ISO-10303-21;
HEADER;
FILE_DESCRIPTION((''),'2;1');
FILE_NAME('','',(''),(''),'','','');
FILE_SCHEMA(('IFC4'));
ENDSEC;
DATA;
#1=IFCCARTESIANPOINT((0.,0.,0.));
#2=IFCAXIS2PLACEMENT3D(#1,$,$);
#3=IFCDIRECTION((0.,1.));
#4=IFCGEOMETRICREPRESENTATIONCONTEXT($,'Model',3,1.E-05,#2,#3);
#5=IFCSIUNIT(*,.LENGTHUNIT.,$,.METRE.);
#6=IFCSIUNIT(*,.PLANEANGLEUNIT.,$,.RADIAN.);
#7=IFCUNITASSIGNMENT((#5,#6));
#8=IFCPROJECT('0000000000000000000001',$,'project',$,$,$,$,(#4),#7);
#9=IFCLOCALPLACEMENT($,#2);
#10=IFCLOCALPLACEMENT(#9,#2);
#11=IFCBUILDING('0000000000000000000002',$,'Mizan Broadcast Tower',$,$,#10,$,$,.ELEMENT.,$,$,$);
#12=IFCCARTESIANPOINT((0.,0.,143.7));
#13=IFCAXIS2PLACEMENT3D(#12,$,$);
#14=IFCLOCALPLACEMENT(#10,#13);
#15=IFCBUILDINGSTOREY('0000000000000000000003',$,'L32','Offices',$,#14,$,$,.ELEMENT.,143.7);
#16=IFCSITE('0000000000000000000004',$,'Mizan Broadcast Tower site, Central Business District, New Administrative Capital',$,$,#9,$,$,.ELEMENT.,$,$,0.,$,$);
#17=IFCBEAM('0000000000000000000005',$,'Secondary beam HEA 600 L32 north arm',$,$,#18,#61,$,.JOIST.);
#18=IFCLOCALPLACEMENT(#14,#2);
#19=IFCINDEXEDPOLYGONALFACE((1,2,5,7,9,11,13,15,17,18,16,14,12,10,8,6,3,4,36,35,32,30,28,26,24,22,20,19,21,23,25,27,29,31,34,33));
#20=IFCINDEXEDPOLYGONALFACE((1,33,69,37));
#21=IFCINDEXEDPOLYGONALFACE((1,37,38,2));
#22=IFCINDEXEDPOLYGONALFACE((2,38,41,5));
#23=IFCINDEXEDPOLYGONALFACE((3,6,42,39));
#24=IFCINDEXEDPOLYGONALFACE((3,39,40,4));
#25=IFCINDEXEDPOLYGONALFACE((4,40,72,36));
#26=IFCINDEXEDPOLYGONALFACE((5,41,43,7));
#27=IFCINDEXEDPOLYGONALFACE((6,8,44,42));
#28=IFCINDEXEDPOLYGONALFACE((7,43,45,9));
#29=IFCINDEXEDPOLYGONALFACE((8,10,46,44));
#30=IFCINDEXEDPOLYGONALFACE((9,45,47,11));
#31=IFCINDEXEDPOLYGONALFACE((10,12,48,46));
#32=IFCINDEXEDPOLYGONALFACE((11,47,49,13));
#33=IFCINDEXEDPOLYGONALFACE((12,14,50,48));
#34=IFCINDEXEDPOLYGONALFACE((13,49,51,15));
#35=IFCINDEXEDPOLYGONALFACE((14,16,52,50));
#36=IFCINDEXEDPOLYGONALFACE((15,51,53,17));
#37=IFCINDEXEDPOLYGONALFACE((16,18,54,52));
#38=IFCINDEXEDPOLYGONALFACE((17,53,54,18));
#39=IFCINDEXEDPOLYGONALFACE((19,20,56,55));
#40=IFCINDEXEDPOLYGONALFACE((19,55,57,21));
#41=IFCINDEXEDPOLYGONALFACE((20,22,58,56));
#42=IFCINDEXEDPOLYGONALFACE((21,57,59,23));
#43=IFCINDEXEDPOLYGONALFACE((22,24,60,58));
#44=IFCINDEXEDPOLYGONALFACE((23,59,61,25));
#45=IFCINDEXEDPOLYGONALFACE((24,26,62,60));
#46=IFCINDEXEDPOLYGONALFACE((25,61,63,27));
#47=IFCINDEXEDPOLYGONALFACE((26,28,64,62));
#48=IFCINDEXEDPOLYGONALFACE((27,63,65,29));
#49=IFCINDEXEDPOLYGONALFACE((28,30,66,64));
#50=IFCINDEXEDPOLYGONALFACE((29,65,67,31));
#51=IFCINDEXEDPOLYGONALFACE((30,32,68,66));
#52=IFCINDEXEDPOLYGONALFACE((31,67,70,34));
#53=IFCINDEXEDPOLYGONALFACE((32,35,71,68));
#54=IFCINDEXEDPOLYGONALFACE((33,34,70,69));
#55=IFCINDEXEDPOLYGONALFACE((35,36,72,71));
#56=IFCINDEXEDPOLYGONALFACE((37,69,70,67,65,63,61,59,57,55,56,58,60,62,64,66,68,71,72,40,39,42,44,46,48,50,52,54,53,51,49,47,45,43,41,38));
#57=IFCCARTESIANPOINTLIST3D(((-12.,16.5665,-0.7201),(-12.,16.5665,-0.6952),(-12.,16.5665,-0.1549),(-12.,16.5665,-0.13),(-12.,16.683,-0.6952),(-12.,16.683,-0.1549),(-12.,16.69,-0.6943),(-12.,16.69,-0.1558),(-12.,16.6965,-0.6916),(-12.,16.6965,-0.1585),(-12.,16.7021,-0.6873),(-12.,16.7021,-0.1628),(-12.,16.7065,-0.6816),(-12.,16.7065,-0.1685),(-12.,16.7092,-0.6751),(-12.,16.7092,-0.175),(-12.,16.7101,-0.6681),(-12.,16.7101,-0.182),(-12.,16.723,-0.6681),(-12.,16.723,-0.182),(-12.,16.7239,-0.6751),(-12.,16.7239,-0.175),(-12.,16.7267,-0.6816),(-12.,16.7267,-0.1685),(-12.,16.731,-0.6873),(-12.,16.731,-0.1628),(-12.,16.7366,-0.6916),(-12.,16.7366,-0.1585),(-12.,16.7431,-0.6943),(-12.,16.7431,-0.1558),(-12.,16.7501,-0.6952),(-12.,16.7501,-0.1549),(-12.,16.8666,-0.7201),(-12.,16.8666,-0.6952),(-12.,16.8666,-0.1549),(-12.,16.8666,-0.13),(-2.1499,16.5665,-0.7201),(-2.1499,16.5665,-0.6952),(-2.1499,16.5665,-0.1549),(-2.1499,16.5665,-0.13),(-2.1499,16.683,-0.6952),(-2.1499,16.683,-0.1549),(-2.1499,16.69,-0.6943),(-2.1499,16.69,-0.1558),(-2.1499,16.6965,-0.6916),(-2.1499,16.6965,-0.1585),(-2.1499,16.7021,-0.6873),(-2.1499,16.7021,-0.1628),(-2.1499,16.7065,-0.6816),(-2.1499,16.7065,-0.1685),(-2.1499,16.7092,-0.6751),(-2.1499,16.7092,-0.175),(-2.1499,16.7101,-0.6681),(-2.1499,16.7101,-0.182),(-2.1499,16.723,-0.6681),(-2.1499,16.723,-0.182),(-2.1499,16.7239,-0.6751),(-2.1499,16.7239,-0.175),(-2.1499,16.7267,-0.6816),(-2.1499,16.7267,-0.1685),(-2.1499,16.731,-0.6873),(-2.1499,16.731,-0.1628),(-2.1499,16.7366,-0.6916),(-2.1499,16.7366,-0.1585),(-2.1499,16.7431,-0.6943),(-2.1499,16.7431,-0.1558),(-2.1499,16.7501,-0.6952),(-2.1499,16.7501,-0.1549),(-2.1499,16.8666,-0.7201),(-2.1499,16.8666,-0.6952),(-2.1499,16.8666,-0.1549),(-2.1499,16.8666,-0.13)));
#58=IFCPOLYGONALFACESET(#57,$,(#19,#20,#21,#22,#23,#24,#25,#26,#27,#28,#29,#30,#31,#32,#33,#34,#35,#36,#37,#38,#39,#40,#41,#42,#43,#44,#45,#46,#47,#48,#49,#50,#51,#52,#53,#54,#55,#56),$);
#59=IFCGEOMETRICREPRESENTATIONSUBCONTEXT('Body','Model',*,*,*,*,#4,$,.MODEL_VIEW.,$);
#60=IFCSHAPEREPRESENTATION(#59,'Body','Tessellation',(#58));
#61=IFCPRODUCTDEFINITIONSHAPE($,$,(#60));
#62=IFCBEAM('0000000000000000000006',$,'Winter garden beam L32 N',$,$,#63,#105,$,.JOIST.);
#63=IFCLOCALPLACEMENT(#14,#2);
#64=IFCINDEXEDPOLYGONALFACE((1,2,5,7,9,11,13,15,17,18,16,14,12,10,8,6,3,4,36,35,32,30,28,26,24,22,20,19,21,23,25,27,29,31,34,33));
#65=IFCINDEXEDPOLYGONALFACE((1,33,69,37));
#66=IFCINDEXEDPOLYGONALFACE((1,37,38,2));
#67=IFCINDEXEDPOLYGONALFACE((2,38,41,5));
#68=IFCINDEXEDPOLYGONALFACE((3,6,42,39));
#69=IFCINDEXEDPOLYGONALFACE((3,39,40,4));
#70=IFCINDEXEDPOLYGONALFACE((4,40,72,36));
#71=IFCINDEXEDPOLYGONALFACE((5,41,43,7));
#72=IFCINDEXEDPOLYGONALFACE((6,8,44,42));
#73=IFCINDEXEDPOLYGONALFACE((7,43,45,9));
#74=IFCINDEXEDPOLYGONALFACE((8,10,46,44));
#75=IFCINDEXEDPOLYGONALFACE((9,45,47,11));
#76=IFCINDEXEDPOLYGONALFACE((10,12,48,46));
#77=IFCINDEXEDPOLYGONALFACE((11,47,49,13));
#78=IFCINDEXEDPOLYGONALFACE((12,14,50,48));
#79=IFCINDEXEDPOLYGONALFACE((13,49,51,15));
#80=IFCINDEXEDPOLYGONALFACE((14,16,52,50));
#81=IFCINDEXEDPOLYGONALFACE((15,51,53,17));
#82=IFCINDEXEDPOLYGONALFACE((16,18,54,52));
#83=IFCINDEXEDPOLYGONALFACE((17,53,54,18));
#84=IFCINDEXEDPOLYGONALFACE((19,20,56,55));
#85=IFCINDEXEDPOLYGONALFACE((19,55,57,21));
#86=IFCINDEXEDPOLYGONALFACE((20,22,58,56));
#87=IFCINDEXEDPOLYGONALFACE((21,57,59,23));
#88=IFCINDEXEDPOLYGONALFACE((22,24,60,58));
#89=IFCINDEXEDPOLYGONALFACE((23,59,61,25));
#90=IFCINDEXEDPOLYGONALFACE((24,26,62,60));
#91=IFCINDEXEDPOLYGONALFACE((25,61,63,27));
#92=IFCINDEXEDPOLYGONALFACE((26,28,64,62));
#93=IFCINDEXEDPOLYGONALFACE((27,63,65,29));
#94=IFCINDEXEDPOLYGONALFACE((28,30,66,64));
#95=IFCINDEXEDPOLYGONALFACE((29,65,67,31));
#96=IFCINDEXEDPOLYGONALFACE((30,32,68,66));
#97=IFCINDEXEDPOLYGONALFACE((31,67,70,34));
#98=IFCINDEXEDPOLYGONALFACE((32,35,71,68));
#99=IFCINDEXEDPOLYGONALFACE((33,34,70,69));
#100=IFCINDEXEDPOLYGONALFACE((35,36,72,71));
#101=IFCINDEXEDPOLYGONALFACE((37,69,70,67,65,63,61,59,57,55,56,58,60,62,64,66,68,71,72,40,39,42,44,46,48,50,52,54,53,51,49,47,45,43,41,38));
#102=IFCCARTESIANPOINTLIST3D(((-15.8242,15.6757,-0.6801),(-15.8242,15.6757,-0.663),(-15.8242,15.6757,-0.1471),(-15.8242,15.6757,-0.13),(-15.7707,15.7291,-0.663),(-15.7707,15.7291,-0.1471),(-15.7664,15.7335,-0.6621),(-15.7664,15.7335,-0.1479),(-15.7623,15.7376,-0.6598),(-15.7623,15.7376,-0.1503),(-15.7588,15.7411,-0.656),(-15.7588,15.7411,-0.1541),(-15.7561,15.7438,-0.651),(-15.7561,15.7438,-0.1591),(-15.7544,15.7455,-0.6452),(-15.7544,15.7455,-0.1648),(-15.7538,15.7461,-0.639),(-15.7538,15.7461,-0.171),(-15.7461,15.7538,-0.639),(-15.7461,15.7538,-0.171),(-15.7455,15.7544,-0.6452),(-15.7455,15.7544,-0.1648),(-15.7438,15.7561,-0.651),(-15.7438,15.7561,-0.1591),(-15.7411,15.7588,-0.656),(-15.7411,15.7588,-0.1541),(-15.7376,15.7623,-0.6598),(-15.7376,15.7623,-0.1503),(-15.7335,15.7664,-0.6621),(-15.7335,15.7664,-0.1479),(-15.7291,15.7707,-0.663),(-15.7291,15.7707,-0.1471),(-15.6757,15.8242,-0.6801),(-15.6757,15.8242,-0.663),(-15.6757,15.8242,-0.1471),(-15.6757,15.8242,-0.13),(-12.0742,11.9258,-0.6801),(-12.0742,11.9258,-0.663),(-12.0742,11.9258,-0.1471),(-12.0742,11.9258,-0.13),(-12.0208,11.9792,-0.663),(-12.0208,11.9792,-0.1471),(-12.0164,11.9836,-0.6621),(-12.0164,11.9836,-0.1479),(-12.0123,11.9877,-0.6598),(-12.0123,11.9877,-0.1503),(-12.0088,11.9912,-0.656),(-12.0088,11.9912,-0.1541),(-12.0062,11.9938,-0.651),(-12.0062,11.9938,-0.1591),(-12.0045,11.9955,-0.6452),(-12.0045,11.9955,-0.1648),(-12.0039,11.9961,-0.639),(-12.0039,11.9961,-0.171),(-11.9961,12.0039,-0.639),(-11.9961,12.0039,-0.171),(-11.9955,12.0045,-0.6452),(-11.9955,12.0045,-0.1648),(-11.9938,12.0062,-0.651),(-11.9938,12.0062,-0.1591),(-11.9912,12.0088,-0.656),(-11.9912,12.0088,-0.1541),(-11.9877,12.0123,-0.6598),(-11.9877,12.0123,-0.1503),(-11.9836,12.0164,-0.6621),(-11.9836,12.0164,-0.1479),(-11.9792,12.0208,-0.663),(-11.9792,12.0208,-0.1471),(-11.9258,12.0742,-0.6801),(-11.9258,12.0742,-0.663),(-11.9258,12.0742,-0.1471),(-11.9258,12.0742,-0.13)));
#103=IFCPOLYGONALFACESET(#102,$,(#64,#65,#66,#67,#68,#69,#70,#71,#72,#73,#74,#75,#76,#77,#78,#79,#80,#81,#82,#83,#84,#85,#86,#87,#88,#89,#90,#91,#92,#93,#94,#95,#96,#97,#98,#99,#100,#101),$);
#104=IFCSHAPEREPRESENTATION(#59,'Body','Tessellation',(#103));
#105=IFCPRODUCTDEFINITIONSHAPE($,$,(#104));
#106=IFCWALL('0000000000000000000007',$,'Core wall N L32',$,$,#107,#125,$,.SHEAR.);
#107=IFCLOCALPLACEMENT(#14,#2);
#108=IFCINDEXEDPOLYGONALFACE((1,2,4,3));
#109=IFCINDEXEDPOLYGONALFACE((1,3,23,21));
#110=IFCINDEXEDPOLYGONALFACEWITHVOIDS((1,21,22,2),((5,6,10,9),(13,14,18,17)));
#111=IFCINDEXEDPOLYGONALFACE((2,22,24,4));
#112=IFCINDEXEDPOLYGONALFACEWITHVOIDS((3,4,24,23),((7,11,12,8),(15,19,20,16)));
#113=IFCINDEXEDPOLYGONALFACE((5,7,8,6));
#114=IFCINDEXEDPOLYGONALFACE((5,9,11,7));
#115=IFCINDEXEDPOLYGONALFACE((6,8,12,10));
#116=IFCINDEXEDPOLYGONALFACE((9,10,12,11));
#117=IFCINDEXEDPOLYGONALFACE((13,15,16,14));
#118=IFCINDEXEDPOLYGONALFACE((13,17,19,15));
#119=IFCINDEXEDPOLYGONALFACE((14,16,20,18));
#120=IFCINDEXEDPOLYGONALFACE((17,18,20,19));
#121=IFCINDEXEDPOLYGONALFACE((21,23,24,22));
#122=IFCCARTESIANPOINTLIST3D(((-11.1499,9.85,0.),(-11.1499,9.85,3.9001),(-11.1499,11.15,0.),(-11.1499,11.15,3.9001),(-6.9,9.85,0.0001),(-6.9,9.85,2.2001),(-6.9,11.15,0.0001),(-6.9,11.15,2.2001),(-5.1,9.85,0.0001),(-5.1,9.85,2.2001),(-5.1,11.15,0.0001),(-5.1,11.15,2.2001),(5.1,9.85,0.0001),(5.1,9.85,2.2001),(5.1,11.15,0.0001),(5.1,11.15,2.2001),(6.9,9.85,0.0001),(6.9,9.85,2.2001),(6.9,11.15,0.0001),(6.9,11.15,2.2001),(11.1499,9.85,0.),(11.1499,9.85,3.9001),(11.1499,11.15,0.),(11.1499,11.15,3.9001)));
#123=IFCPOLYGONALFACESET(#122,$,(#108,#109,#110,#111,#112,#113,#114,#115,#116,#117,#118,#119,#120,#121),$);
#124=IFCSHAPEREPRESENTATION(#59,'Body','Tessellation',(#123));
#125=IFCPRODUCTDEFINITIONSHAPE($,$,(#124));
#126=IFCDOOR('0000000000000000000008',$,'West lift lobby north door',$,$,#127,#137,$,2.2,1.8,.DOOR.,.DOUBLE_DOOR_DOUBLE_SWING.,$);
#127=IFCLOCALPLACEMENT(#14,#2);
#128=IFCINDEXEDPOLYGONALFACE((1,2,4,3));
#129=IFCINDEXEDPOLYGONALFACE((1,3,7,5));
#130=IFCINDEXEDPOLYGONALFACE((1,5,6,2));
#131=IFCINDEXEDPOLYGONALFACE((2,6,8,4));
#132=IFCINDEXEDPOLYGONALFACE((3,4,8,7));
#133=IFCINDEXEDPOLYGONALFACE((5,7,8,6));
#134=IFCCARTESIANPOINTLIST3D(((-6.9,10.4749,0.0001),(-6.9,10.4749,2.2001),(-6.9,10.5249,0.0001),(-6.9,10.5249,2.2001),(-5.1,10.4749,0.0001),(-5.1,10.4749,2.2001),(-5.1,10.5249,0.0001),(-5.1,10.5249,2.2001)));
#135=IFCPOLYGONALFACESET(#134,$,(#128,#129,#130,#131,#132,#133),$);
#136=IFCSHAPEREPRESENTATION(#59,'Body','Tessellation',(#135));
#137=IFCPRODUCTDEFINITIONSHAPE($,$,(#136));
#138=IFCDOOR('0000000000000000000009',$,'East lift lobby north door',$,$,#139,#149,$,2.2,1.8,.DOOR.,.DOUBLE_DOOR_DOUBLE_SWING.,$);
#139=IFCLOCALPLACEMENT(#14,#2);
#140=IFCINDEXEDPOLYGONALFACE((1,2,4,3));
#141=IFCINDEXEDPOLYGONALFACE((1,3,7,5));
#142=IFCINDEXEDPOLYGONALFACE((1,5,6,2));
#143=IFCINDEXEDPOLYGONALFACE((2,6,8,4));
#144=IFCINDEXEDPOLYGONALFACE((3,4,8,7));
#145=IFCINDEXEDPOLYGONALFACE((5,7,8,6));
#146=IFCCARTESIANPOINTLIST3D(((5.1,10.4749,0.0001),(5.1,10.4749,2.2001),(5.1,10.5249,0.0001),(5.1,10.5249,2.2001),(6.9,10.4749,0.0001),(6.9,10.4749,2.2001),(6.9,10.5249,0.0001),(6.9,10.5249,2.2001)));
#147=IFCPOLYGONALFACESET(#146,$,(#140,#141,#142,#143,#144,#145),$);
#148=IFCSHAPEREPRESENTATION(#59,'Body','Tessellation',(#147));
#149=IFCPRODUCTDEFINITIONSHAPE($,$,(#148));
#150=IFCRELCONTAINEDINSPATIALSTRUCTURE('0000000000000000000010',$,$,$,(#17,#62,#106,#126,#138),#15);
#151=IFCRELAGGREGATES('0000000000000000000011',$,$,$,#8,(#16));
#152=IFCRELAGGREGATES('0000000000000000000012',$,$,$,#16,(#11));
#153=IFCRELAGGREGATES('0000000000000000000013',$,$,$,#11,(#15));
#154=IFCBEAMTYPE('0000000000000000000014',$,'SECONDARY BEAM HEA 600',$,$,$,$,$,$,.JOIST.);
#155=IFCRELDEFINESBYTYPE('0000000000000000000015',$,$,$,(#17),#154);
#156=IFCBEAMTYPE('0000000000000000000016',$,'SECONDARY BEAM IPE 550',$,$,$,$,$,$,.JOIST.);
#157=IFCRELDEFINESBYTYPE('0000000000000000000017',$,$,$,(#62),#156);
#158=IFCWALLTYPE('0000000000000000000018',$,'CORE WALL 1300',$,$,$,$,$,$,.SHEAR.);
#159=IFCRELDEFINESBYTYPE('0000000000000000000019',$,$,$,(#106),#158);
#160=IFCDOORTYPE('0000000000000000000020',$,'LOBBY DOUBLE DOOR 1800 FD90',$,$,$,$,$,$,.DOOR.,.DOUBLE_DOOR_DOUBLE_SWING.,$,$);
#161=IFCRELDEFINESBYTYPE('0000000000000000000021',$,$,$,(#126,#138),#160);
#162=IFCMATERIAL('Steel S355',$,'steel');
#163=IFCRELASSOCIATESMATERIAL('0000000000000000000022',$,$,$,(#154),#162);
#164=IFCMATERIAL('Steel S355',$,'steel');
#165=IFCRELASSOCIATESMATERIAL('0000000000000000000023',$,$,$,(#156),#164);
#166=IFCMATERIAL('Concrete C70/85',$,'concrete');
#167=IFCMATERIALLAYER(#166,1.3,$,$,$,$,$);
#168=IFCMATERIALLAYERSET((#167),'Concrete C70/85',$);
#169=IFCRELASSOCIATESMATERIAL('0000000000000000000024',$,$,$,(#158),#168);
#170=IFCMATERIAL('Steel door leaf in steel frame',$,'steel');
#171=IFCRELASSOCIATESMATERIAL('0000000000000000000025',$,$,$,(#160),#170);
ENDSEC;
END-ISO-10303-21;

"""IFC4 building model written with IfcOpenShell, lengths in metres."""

from ifc_helpers import new_model, si_unit, direction, frame, frame_2d, origin, origin_2d, place, context, subcontext, project, spatial, rectangle, i_section, extrude, material, layer, layer_set, material_profile, profile_set, type_object, element, fill, save


model = new_model("IFC4")

# Units and contexts
model_context = context("Model", 3, precision=1e-05, world=origin(), true_north=direction((0.0, 1.0)))
body_context = subcontext(model_context, "Body", "Model", "MODEL_VIEW")
ifc_project = project(units=[si_unit("LENGTHUNIT", "METRE"), si_unit("PLANEANGLEUNIT", "RADIAN")], contexts=[model_context])

# Site, building, storey
site_placement = place(None, origin())
site = spatial("IfcSite", under=ifc_project, at=site_placement, Name="Mizan Broadcast Tower site, Central Business District, New Administrative Capital", CompositionType="ELEMENT", RefElevation=0.0)
building_placement = place(site_placement, origin())
building = spatial("IfcBuilding", under=site, at=building_placement, Name="Mizan Broadcast Tower", CompositionType="ELEMENT")
storey_placement = place(building_placement, frame((0.0, 0.0, 143.7)))
storey = spatial("IfcBuildingStorey", under=building, at=storey_placement, Name="L32", Description="Offices", CompositionType="ELEMENT", Elevation=143.7)

# Beams
ifc_material_1 = material(Name="Steel S355", Category="steel")
ifc_material_profile_1 = material_profile(ifc_material_1, i_section(OverallWidth=0.3, OverallDepth=0.5901, WebThickness=0.0129, FlangeThickness=0.0249, FilletRadius=0.0271, at=origin_2d()), Name="HEA 600")
ifc_profile_set_1 = profile_set([ifc_material_profile_1], Name="Steel S355")
beam_type_1 = type_object("IfcBeamType", Name="SECONDARY BEAM HEA 600", PredefinedType="JOIST", material=ifc_profile_set_1)
for number, where, z_axis, x_axis, name in (
    (1, (-12.0, 16.7166, -0.425), (1.0, 0.0, 0.0), (0.0, 1.0, 0.0), "Secondary beam HEA 600 L32 north arm"),
):
    element("IfcBeam", number, at=place(storey_placement, frame(where, z_axis=z_axis, x_axis=x_axis)), inside=storey, type_object=beam_type_1, Name=name, PredefinedType="JOIST", context=body_context, shape_type="SweptSolid", body=[
        extrude(i_section(OverallWidth=0.3, OverallDepth=0.5901, WebThickness=0.0129, FlangeThickness=0.0249, FilletRadius=0.0271, at=origin_2d()), origin(), (0.0, 0.0, 1.0), 9.8501),
    ])
ifc_material_2 = material(Name="Steel S355", Category="steel")
ifc_material_profile_2 = material_profile(ifc_material_2, i_section(OverallWidth=0.21, OverallDepth=0.55, WebThickness=0.011, FlangeThickness=0.0171, FilletRadius=0.0239, at=origin_2d()), Name="IPE 550")
ifc_profile_set_2 = profile_set([ifc_material_profile_2], Name="Steel S355")
beam_type_2 = type_object("IfcBeamType", Name="SECONDARY BEAM IPE 550", PredefinedType="JOIST", material=ifc_profile_set_2)
beam_1_placement = place(storey_placement, frame((-12.0, 12.0, -0.405), z_axis=(-0.707107, 0.707107, 0.0), x_axis=(-0.707107, -0.707107, 0.0)))
element("IfcBeam", 2, at=beam_1_placement, inside=storey, type_object=beam_type_2, Name="Winter garden beam L32 N", PredefinedType="JOIST", context=body_context, shape_type="SweptSolid", body=[
    extrude(i_section(OverallWidth=0.21, OverallDepth=0.55, WebThickness=0.011, FlangeThickness=0.0171, FilletRadius=0.0239, at=origin_2d()), origin(), (0.0, 0.0, 1.0), 5.3032),
])

# Wall, openings, doors
ifc_material_3 = material(Name="Concrete C70/85", Category="concrete")
ifc_layer_1 = layer(ifc_material_3, 1.3)
ifc_layer_set_1 = layer_set([ifc_layer_1], Name="Concrete C70/85")
wall_type_1 = type_object("IfcWallType", Name="CORE WALL 1300", PredefinedType="SHEAR", material=ifc_layer_set_1)
wall_1_placement = place(storey_placement, frame((-11.1499, 10.5, 0.0), z_axis=(0.0, 0.0, 1.0), x_axis=(1.0, 0.0, 0.0)))
wall_1 = element("IfcWall", 3, at=wall_1_placement, inside=storey, type_object=wall_type_1, Name="Core wall N L32", PredefinedType="SHEAR", context=body_context, shape_type="SweptSolid", body=[
    extrude(rectangle(XDim=22.2998, YDim=1.3, at=frame_2d((11.1499, 0.0))), origin(), (0.0, 0.0, 1.0), 3.9001),
])
opening_1_placement = place(wall_1_placement, frame((4.25, 0.0, 0.0)))
opening_1 = element("IfcOpeningElement", 4, at=opening_1_placement, cuts=wall_1, PredefinedType="OPENING", context=body_context, shape_type="SweptSolid", body=[
    extrude(rectangle(XDim=1.8, YDim=2.2, at=frame_2d((0.8999, 1.1001))), frame((0.0, 0.6599, 0.0), z_axis=(0.0, -1.0, 0.0), x_axis=(1.0, 0.0, 0.0)), (0.0, 0.0, 1.0), 1.3201),
])
opening_2_placement = place(wall_1_placement, frame((16.25, 0.0, 0.0)))
opening_2 = element("IfcOpeningElement", 5, at=opening_2_placement, cuts=wall_1, PredefinedType="OPENING", context=body_context, shape_type="SweptSolid", body=[
    extrude(rectangle(XDim=1.8, YDim=2.2, at=frame_2d((0.8999, 1.1001))), frame((0.0, 0.6599, 0.0), z_axis=(0.0, -1.0, 0.0), x_axis=(1.0, 0.0, 0.0)), (0.0, 0.0, 1.0), 1.3201),
])
ifc_material_4 = material(Name="Steel door leaf in steel frame", Category="steel")
door_type_1 = type_object("IfcDoorType", Name="LOBBY DOUBLE DOOR 1800 FD90", OperationType="DOUBLE_DOOR_DOUBLE_SWING", PredefinedType="DOOR", material=ifc_material_4)
door_1_placement = place(opening_1_placement, origin())
door_1 = element("IfcDoor", 6, at=door_1_placement, inside=storey, type_object=door_type_1, Name="West lift lobby north door", OperationType="DOUBLE_DOOR_DOUBLE_SWING", OverallHeight=2.2, OverallWidth=1.8, PredefinedType="DOOR", context=body_context, shape_type="SweptSolid", body=[
    extrude(rectangle(XDim=1.8, YDim=2.2, at=frame_2d((0.8999, 1.1001))), frame((0.0, 0.0249, 0.0), z_axis=(0.0, -1.0, 0.0), x_axis=(1.0, 0.0, 0.0)), (0.0, 0.0, 1.0), 0.05),
])
fill(opening_1, door_1)
door_2_placement = place(opening_2_placement, origin())
door_2 = element("IfcDoor", 7, at=door_2_placement, inside=storey, type_object=door_type_1, Name="East lift lobby north door", OperationType="DOUBLE_DOOR_DOUBLE_SWING", OverallHeight=2.2, OverallWidth=1.8, PredefinedType="DOOR", context=body_context, shape_type="SweptSolid", body=[
    extrude(rectangle(XDim=1.8, YDim=2.2, at=frame_2d((0.8999, 1.1001))), frame((0.0, 0.0249, 0.0), z_axis=(0.0, -1.0, 0.0), x_axis=(1.0, 0.0, 0.0)), (0.0, 0.0, 1.0), 0.05),
])
fill(opening_2, door_2)

save(model, "model.ifc")
